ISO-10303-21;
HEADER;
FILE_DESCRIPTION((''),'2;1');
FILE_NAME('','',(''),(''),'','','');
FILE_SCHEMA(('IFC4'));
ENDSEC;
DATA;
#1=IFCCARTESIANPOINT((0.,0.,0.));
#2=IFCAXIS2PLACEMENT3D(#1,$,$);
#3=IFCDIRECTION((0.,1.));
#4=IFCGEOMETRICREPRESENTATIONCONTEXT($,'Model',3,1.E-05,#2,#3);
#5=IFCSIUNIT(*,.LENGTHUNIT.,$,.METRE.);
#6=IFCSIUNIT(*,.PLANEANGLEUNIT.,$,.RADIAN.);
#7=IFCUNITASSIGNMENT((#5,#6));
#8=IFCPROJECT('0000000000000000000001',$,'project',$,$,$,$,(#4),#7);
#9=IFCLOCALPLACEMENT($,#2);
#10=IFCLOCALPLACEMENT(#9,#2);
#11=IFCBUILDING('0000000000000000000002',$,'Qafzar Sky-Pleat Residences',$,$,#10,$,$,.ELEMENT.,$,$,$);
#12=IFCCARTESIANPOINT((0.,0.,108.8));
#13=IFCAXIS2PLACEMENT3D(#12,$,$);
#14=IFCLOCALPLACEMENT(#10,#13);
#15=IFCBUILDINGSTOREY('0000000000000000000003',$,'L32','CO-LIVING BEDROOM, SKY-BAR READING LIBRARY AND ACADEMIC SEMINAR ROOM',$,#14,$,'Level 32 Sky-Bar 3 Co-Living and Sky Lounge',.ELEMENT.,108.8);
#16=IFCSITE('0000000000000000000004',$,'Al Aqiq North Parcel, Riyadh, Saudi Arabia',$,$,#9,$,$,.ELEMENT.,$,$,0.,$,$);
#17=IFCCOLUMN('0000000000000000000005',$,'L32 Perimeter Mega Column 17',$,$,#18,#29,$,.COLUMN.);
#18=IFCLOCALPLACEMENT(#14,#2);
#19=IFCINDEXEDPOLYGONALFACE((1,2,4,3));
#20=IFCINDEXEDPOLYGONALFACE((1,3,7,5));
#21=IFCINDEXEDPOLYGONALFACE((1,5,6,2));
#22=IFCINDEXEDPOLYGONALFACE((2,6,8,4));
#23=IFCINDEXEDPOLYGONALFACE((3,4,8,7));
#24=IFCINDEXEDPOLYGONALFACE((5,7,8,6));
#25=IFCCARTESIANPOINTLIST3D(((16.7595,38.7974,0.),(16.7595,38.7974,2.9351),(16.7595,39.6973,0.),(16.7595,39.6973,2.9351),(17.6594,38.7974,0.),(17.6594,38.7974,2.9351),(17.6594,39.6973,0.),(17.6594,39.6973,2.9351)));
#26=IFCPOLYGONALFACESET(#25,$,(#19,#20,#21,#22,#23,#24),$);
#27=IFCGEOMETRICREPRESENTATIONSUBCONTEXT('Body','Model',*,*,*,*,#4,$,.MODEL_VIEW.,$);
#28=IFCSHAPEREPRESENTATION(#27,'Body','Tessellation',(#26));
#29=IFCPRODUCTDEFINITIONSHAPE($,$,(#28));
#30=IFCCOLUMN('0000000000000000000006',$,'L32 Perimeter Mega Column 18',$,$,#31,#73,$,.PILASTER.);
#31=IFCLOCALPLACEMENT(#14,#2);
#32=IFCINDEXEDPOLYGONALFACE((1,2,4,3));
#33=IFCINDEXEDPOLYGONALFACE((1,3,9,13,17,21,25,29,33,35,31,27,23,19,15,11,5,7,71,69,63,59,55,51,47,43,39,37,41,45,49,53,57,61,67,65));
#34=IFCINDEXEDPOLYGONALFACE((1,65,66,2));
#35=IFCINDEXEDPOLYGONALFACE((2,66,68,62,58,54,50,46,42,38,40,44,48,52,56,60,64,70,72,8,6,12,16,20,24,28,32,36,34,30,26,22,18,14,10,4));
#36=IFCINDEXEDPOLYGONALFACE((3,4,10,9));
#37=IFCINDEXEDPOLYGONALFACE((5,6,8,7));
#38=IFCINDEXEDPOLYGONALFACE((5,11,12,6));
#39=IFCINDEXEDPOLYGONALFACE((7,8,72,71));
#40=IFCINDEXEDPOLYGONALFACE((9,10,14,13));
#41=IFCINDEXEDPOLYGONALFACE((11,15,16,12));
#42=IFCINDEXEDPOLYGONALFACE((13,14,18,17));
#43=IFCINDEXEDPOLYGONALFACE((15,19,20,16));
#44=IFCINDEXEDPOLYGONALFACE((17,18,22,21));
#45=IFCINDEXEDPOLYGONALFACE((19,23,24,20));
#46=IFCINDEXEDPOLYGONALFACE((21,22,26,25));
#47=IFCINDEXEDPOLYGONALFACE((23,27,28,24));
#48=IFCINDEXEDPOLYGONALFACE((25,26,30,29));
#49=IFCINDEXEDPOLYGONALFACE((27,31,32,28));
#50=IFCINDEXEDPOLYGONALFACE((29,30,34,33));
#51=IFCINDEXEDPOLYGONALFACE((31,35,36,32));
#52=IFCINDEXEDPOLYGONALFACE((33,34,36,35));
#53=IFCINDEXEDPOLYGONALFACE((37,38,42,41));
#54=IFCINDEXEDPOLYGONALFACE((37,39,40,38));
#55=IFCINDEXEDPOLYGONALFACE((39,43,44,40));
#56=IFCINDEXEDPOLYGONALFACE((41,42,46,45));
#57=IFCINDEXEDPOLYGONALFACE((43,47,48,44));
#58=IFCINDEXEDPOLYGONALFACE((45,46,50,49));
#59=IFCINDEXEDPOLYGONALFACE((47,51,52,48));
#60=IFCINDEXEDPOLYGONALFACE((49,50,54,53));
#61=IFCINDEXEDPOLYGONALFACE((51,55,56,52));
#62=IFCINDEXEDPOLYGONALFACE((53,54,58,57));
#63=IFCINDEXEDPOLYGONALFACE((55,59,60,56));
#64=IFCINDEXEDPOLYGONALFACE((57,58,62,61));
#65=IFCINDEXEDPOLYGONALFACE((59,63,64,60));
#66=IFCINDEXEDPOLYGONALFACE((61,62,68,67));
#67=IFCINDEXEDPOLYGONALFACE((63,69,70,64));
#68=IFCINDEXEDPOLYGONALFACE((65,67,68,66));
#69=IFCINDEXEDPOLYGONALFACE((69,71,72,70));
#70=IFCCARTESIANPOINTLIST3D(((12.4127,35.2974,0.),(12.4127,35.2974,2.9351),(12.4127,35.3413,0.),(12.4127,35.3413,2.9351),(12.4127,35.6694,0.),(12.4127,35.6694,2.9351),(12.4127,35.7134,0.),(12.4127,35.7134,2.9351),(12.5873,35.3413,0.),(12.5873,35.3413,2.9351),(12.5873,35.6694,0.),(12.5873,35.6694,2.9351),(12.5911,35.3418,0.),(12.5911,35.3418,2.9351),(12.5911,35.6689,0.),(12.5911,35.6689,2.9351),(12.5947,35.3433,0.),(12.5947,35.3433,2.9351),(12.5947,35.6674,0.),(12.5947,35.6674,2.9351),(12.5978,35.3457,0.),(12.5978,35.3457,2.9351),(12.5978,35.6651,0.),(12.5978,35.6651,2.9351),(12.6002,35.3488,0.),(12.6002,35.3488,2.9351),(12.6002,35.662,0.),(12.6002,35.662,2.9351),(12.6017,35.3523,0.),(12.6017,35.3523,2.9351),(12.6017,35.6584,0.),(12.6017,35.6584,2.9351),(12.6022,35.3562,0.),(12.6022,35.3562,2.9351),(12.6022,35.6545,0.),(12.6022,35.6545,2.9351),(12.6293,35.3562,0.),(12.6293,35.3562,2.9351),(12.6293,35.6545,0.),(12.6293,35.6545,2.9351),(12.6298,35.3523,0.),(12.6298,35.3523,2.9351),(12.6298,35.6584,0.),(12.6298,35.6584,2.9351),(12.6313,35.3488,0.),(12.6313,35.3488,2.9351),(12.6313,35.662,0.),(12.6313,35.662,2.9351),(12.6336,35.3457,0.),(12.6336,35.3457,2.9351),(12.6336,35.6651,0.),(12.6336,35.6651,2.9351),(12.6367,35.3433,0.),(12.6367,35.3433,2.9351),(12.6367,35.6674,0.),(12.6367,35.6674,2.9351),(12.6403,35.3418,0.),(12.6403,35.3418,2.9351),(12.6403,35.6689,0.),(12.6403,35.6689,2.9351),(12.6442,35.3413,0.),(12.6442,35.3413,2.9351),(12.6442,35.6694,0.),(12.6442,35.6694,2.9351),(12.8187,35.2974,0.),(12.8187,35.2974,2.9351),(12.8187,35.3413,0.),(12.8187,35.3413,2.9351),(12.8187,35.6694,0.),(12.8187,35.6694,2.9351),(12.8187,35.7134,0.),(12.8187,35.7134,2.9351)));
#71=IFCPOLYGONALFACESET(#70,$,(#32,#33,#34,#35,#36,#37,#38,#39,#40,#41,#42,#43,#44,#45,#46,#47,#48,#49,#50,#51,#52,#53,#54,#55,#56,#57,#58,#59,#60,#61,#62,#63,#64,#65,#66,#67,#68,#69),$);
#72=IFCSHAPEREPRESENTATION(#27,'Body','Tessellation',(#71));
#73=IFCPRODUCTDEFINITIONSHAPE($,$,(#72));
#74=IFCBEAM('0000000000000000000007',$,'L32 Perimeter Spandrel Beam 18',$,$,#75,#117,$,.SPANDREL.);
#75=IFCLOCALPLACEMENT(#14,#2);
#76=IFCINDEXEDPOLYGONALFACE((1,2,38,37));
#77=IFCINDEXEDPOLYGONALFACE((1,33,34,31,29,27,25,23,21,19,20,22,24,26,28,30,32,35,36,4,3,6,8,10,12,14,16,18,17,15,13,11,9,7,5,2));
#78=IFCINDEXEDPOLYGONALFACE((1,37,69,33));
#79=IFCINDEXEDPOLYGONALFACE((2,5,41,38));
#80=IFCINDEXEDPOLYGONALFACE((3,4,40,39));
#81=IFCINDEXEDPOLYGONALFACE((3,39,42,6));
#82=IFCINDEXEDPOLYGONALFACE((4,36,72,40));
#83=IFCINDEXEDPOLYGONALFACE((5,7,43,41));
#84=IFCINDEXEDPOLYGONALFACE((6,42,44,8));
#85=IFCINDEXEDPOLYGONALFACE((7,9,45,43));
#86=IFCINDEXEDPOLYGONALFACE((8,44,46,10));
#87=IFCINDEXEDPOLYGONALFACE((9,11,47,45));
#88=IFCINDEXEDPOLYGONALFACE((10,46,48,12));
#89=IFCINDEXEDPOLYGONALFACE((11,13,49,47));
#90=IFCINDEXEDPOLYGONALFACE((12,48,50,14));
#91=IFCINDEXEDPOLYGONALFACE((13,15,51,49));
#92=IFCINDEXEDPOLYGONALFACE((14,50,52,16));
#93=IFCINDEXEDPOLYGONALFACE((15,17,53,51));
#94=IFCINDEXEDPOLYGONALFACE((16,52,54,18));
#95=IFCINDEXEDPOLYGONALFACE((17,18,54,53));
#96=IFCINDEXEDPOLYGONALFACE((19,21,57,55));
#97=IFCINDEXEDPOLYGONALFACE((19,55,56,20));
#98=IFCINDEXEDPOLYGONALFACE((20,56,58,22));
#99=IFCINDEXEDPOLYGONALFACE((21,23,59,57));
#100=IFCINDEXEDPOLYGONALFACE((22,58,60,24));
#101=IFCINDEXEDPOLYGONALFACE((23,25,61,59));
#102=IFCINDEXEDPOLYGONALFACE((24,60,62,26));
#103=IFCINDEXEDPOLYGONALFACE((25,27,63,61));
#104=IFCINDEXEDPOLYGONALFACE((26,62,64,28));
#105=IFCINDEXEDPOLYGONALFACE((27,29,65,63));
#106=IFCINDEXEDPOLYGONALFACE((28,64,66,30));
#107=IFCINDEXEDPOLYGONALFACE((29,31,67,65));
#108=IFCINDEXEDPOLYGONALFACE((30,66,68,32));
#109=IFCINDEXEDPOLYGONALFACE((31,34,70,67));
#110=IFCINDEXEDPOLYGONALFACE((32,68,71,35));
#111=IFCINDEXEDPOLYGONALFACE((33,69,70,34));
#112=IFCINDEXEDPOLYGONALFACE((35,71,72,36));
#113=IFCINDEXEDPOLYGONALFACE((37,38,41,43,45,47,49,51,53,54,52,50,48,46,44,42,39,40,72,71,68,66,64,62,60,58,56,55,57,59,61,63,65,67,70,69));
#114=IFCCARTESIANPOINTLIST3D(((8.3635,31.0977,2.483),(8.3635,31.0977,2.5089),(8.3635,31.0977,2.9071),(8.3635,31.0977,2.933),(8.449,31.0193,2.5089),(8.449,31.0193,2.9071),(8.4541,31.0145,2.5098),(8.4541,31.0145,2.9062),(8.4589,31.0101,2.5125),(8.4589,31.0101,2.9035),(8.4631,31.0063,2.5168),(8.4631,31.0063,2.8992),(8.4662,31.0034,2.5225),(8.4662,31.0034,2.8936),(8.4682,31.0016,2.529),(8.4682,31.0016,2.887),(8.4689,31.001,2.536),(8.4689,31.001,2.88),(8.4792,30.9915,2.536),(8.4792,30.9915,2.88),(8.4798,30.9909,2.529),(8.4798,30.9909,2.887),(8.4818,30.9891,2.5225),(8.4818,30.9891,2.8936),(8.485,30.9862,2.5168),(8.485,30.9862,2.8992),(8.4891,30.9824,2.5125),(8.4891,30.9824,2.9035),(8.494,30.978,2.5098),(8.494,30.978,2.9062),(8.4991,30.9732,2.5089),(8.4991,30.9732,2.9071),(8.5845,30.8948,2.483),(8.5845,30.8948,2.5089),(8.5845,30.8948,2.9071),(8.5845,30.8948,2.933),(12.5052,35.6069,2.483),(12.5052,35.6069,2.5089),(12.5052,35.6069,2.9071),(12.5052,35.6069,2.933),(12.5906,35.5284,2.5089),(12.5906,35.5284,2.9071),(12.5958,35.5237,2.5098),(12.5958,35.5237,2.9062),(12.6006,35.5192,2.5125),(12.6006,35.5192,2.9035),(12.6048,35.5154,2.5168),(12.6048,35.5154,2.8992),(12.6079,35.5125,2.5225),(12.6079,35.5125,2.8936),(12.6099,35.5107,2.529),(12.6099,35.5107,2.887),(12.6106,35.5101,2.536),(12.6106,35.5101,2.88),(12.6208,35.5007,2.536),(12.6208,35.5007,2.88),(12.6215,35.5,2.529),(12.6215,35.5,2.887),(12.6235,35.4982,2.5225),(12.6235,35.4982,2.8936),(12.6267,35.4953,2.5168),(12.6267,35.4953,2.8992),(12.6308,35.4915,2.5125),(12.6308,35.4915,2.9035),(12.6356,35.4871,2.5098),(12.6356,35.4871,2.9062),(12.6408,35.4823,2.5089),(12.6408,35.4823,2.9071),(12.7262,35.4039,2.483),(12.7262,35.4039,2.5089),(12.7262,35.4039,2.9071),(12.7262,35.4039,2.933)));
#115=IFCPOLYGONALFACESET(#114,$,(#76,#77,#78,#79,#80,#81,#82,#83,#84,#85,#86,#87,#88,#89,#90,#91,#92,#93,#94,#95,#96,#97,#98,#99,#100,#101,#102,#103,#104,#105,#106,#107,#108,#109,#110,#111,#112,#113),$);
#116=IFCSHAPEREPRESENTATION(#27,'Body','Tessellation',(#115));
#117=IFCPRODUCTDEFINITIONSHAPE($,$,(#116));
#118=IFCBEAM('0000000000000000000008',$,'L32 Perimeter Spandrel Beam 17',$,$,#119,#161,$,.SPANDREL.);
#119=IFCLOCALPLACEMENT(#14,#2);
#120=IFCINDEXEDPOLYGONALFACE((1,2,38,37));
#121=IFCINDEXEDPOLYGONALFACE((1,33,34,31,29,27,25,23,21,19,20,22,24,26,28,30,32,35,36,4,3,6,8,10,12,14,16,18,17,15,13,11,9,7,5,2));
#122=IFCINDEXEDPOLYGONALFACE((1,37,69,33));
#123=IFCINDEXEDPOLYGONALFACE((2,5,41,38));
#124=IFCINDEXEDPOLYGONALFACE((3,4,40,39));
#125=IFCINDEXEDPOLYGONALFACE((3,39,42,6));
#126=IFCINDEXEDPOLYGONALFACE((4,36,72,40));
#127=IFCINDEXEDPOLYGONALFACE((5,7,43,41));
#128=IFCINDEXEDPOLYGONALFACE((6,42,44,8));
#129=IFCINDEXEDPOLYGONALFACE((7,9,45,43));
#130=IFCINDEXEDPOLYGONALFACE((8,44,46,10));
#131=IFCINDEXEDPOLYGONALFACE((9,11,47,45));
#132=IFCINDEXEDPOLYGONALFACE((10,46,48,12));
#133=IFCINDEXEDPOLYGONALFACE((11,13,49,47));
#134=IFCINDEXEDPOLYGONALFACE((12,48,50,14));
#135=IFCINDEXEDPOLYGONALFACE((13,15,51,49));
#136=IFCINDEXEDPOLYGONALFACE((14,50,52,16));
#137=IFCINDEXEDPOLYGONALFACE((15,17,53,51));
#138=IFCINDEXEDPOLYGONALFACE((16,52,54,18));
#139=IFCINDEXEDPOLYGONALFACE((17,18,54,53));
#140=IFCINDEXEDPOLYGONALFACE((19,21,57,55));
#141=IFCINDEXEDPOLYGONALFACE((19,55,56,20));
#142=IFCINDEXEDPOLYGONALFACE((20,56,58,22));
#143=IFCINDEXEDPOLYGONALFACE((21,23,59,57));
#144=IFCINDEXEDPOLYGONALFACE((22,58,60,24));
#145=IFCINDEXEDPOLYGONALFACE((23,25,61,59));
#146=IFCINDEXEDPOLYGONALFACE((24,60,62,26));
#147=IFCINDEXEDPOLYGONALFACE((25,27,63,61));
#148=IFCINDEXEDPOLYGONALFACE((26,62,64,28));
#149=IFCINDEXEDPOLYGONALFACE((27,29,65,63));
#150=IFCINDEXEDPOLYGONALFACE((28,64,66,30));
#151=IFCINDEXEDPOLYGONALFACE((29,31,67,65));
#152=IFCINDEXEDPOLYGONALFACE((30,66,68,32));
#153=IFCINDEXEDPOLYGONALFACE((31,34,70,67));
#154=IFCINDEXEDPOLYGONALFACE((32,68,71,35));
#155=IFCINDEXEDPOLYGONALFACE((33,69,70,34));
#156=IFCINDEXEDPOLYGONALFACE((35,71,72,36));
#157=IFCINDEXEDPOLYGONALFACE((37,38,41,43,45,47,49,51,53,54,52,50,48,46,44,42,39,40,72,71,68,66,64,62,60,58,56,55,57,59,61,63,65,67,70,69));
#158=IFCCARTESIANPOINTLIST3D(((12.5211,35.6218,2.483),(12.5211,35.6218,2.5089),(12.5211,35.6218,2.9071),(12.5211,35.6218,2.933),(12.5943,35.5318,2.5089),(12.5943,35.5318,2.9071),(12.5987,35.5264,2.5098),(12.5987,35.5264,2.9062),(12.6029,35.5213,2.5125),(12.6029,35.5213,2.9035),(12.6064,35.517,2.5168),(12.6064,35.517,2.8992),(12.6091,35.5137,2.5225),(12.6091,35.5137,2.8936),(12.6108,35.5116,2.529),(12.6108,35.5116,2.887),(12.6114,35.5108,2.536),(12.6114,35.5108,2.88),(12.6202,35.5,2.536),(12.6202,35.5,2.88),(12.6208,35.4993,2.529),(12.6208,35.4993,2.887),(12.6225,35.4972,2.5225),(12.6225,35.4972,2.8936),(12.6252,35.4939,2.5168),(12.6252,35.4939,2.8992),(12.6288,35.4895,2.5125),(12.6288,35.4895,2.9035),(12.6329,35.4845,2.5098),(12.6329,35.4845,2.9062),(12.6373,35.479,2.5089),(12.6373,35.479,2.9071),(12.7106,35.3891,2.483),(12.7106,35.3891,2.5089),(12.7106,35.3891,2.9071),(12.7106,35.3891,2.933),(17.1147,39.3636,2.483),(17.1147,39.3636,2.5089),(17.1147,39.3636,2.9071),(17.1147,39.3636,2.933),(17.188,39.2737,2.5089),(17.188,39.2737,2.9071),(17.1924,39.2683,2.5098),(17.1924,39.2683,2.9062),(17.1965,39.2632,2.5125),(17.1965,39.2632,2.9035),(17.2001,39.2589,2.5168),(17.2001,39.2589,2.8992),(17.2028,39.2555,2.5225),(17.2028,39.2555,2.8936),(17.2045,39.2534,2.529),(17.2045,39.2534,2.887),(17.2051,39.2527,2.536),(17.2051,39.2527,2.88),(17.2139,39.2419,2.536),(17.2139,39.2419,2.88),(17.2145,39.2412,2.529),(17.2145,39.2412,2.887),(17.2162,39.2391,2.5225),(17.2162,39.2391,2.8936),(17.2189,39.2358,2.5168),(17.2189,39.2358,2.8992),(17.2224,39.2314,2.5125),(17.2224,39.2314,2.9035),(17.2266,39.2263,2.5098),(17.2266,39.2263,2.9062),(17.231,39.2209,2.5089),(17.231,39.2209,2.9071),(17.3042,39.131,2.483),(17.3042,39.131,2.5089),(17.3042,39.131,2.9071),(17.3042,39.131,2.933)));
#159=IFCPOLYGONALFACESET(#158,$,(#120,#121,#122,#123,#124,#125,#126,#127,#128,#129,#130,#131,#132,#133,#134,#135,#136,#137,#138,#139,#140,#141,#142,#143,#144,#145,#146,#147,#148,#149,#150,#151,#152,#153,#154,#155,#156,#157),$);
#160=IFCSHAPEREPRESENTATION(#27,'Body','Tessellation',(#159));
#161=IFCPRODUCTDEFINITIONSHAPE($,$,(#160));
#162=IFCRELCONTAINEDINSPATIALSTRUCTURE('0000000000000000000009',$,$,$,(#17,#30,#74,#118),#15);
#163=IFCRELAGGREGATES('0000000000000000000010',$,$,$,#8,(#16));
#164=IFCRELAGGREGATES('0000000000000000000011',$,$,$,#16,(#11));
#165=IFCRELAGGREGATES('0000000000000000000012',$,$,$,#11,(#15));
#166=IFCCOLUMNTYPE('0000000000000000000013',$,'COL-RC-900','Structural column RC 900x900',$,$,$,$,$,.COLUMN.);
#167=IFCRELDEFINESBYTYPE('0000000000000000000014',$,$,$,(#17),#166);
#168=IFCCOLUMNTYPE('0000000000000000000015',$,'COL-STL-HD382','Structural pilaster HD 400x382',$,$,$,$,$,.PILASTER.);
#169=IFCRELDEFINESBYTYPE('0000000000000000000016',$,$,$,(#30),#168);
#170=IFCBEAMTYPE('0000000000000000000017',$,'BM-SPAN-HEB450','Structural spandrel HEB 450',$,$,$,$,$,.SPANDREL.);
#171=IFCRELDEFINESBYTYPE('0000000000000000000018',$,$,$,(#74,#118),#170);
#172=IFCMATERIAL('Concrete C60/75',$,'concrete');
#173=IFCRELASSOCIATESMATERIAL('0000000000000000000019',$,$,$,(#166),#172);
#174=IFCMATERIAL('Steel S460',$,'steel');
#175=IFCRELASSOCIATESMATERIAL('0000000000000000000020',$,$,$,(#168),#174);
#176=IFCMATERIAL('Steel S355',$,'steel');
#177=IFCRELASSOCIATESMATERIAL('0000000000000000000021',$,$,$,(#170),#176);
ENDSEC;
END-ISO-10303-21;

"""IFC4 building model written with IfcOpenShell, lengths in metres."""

from ifc_helpers import new_model, si_unit, direction, frame, origin, origin_2d, place, context, subcontext, project, spatial, rectangle, i_section, extrude, source, transform, mapped, material, material_profile, profile_set, type_object, element, save


model = new_model("IFC4")

# Units and contexts
model_context = context("Model", 3, precision=1e-05, world=origin(), true_north=direction((0.0, 1.0)))
body_context = subcontext(model_context, "Body", "Model", "MODEL_VIEW")
ifc_project = project(units=[si_unit("LENGTHUNIT", "METRE"), si_unit("PLANEANGLEUNIT", "RADIAN")], contexts=[model_context])

# Site, building, storey
site_placement = place(None, origin())
site = spatial("IfcSite", under=ifc_project, at=site_placement, Name="Al Aqiq North Parcel, Riyadh, Saudi Arabia", CompositionType="ELEMENT", RefElevation=0.0)
building_placement = place(site_placement, origin())
building = spatial("IfcBuilding", under=site, at=building_placement, Name="Qafzar Sky-Pleat Residences", CompositionType="ELEMENT")
storey_placement = place(building_placement, frame((0.0, 0.0, 108.8)))
storey = spatial("IfcBuildingStorey", under=building, at=storey_placement, Name="L32", Description="CO-LIVING BEDROOM, SKY-BAR READING LIBRARY AND ACADEMIC SEMINAR ROOM", LongName="Level 32 Sky-Bar 3 Co-Living and Sky Lounge", CompositionType="ELEMENT", Elevation=108.8)

# Columns
ifc_material_1 = material(Name="Concrete C60/75", Category="concrete")
ifc_material_profile_1 = material_profile(ifc_material_1, rectangle(XDim=0.8999, YDim=0.8999, at=origin_2d()), Name="RC 900x900")
ifc_profile_set_1 = profile_set([ifc_material_profile_1], Name="Concrete C60/75")
column_type_1 = type_object("IfcColumnType", Name="COL-RC-900", Description="Structural column RC 900x900", PredefinedType="COLUMN", material=ifc_profile_set_1)
shared_shape_1 = source(origin(), body_context, "Body", "SweptSolid", [
    extrude(rectangle(XDim=0.8999, YDim=0.8999, at=origin_2d()), origin(), (0.0, 0.0, 1.0), 2.9351),
])
column_1_placement = place(storey_placement, frame((17.2095, 39.2473, 0.0), z_axis=(0.0, 0.0, 1.0), x_axis=(1.0, 0.0, 0.0)))
element("IfcColumn", 1, at=column_1_placement, inside=storey, type_object=column_type_1, Name="L32 Perimeter Mega Column 17", PredefinedType="COLUMN", context=body_context, shape_type="MappedRepresentation", body=[
    mapped(shared_shape_1, transform((0.0, 0.0, 0.0), x_axis=(1.0, 0.0, 0.0), y_axis=(0.0, 1.0, 0.0), z_axis=(0.0, 0.0, 1.0), scale=1.0)),
])
ifc_material_2 = material(Name="Steel S460", Category="steel")
ifc_material_profile_2 = material_profile(ifc_material_2, i_section(OverallWidth=0.406, OverallDepth=0.416, WebThickness=0.0271, FlangeThickness=0.0439, FilletRadius=0.0149, at=origin_2d()), Name="HD 400x382")
ifc_profile_set_2 = profile_set([ifc_material_profile_2], Name="Steel S460")
column_type_2 = type_object("IfcColumnType", Name="COL-STL-HD382", Description="Structural pilaster HD 400x382", PredefinedType="PILASTER", material=ifc_profile_set_2)
shared_shape_2 = source(origin(), body_context, "Body", "SweptSolid", [
    extrude(i_section(OverallWidth=0.406, OverallDepth=0.416, WebThickness=0.0271, FlangeThickness=0.0439, FilletRadius=0.0149, at=origin_2d()), origin(), (0.0, 0.0, 1.0), 2.9351),
])
column_2_placement = place(storey_placement, frame((12.6157, 35.5054, 0.0), z_axis=(0.0, 0.0, 1.0), x_axis=(1.0, 0.0, 0.0)))
element("IfcColumn", 2, at=column_2_placement, inside=storey, type_object=column_type_2, Name="L32 Perimeter Mega Column 18", PredefinedType="PILASTER", context=body_context, shape_type="MappedRepresentation", body=[
    mapped(shared_shape_2, transform((0.0, 0.0, 0.0), x_axis=(1.0, 0.0, 0.0), y_axis=(0.0, 1.0, 0.0), z_axis=(0.0, 0.0, 1.0), scale=1.0)),
])

# Beams
ifc_material_3 = material(Name="Steel S355", Category="steel")
ifc_material_profile_3 = material_profile(ifc_material_3, i_section(OverallWidth=0.3, OverallDepth=0.45, WebThickness=0.0139, FlangeThickness=0.0259, FilletRadius=0.0271, at=origin_2d()), Name="HEB 450")
ifc_profile_set_3 = profile_set([ifc_material_profile_3], Name="Steel S355")
beam_type_1 = type_object("IfcBeamType", Name="BM-SPAN-HEB450", Description="Structural spandrel HEB 450", PredefinedType="SPANDREL", material=ifc_profile_set_3)
shared_shape_3 = source(origin(), body_context, "Body", "SweptSolid", [
    extrude(i_section(OverallWidth=0.3, OverallDepth=0.45, WebThickness=0.0139, FlangeThickness=0.0259, FilletRadius=0.0271, at=origin_2d()), origin(), (0.0, 0.0, 1.0), 6.1226),
])
beam_1_placement = place(storey_placement, frame((12.6157, 35.5054, 2.708), z_axis=(-0.676463, -0.736477, 0.0), x_axis=(0.736477, -0.676463, 0.0)))
element("IfcBeam", 3, at=beam_1_placement, inside=storey, type_object=beam_type_1, Name="L32 Perimeter Spandrel Beam 18", PredefinedType="SPANDREL", context=body_context, shape_type="MappedRepresentation", body=[
    mapped(shared_shape_3, transform((0.0, 0.0, 0.0), x_axis=(1.0, 0.0, 0.0), y_axis=(0.0, 1.0, 0.0), z_axis=(0.0, 0.0, 1.0), scale=1.0)),
])
shared_shape_4 = source(origin(), body_context, "Body", "SweptSolid", [
    extrude(i_section(OverallWidth=0.3, OverallDepth=0.45, WebThickness=0.0139, FlangeThickness=0.0259, FilletRadius=0.0271, at=origin_2d()), origin(), (0.0, 0.0, 1.0), 5.9248),
])
beam_2_placement = place(storey_placement, frame((17.2095, 39.2473, 2.708), z_axis=(-0.775327, -0.63156, 0.0), x_axis=(0.63156, -0.775327, 0.0)))
element("IfcBeam", 4, at=beam_2_placement, inside=storey, type_object=beam_type_1, Name="L32 Perimeter Spandrel Beam 17", PredefinedType="SPANDREL", context=body_context, shape_type="MappedRepresentation", body=[
    mapped(shared_shape_4, transform((0.0, 0.0, 0.0), x_axis=(1.0, 0.0, 0.0), y_axis=(0.0, 1.0, 0.0), z_axis=(0.0, 0.0, 1.0), scale=1.0)),
])

save(model, "model.ifc")
